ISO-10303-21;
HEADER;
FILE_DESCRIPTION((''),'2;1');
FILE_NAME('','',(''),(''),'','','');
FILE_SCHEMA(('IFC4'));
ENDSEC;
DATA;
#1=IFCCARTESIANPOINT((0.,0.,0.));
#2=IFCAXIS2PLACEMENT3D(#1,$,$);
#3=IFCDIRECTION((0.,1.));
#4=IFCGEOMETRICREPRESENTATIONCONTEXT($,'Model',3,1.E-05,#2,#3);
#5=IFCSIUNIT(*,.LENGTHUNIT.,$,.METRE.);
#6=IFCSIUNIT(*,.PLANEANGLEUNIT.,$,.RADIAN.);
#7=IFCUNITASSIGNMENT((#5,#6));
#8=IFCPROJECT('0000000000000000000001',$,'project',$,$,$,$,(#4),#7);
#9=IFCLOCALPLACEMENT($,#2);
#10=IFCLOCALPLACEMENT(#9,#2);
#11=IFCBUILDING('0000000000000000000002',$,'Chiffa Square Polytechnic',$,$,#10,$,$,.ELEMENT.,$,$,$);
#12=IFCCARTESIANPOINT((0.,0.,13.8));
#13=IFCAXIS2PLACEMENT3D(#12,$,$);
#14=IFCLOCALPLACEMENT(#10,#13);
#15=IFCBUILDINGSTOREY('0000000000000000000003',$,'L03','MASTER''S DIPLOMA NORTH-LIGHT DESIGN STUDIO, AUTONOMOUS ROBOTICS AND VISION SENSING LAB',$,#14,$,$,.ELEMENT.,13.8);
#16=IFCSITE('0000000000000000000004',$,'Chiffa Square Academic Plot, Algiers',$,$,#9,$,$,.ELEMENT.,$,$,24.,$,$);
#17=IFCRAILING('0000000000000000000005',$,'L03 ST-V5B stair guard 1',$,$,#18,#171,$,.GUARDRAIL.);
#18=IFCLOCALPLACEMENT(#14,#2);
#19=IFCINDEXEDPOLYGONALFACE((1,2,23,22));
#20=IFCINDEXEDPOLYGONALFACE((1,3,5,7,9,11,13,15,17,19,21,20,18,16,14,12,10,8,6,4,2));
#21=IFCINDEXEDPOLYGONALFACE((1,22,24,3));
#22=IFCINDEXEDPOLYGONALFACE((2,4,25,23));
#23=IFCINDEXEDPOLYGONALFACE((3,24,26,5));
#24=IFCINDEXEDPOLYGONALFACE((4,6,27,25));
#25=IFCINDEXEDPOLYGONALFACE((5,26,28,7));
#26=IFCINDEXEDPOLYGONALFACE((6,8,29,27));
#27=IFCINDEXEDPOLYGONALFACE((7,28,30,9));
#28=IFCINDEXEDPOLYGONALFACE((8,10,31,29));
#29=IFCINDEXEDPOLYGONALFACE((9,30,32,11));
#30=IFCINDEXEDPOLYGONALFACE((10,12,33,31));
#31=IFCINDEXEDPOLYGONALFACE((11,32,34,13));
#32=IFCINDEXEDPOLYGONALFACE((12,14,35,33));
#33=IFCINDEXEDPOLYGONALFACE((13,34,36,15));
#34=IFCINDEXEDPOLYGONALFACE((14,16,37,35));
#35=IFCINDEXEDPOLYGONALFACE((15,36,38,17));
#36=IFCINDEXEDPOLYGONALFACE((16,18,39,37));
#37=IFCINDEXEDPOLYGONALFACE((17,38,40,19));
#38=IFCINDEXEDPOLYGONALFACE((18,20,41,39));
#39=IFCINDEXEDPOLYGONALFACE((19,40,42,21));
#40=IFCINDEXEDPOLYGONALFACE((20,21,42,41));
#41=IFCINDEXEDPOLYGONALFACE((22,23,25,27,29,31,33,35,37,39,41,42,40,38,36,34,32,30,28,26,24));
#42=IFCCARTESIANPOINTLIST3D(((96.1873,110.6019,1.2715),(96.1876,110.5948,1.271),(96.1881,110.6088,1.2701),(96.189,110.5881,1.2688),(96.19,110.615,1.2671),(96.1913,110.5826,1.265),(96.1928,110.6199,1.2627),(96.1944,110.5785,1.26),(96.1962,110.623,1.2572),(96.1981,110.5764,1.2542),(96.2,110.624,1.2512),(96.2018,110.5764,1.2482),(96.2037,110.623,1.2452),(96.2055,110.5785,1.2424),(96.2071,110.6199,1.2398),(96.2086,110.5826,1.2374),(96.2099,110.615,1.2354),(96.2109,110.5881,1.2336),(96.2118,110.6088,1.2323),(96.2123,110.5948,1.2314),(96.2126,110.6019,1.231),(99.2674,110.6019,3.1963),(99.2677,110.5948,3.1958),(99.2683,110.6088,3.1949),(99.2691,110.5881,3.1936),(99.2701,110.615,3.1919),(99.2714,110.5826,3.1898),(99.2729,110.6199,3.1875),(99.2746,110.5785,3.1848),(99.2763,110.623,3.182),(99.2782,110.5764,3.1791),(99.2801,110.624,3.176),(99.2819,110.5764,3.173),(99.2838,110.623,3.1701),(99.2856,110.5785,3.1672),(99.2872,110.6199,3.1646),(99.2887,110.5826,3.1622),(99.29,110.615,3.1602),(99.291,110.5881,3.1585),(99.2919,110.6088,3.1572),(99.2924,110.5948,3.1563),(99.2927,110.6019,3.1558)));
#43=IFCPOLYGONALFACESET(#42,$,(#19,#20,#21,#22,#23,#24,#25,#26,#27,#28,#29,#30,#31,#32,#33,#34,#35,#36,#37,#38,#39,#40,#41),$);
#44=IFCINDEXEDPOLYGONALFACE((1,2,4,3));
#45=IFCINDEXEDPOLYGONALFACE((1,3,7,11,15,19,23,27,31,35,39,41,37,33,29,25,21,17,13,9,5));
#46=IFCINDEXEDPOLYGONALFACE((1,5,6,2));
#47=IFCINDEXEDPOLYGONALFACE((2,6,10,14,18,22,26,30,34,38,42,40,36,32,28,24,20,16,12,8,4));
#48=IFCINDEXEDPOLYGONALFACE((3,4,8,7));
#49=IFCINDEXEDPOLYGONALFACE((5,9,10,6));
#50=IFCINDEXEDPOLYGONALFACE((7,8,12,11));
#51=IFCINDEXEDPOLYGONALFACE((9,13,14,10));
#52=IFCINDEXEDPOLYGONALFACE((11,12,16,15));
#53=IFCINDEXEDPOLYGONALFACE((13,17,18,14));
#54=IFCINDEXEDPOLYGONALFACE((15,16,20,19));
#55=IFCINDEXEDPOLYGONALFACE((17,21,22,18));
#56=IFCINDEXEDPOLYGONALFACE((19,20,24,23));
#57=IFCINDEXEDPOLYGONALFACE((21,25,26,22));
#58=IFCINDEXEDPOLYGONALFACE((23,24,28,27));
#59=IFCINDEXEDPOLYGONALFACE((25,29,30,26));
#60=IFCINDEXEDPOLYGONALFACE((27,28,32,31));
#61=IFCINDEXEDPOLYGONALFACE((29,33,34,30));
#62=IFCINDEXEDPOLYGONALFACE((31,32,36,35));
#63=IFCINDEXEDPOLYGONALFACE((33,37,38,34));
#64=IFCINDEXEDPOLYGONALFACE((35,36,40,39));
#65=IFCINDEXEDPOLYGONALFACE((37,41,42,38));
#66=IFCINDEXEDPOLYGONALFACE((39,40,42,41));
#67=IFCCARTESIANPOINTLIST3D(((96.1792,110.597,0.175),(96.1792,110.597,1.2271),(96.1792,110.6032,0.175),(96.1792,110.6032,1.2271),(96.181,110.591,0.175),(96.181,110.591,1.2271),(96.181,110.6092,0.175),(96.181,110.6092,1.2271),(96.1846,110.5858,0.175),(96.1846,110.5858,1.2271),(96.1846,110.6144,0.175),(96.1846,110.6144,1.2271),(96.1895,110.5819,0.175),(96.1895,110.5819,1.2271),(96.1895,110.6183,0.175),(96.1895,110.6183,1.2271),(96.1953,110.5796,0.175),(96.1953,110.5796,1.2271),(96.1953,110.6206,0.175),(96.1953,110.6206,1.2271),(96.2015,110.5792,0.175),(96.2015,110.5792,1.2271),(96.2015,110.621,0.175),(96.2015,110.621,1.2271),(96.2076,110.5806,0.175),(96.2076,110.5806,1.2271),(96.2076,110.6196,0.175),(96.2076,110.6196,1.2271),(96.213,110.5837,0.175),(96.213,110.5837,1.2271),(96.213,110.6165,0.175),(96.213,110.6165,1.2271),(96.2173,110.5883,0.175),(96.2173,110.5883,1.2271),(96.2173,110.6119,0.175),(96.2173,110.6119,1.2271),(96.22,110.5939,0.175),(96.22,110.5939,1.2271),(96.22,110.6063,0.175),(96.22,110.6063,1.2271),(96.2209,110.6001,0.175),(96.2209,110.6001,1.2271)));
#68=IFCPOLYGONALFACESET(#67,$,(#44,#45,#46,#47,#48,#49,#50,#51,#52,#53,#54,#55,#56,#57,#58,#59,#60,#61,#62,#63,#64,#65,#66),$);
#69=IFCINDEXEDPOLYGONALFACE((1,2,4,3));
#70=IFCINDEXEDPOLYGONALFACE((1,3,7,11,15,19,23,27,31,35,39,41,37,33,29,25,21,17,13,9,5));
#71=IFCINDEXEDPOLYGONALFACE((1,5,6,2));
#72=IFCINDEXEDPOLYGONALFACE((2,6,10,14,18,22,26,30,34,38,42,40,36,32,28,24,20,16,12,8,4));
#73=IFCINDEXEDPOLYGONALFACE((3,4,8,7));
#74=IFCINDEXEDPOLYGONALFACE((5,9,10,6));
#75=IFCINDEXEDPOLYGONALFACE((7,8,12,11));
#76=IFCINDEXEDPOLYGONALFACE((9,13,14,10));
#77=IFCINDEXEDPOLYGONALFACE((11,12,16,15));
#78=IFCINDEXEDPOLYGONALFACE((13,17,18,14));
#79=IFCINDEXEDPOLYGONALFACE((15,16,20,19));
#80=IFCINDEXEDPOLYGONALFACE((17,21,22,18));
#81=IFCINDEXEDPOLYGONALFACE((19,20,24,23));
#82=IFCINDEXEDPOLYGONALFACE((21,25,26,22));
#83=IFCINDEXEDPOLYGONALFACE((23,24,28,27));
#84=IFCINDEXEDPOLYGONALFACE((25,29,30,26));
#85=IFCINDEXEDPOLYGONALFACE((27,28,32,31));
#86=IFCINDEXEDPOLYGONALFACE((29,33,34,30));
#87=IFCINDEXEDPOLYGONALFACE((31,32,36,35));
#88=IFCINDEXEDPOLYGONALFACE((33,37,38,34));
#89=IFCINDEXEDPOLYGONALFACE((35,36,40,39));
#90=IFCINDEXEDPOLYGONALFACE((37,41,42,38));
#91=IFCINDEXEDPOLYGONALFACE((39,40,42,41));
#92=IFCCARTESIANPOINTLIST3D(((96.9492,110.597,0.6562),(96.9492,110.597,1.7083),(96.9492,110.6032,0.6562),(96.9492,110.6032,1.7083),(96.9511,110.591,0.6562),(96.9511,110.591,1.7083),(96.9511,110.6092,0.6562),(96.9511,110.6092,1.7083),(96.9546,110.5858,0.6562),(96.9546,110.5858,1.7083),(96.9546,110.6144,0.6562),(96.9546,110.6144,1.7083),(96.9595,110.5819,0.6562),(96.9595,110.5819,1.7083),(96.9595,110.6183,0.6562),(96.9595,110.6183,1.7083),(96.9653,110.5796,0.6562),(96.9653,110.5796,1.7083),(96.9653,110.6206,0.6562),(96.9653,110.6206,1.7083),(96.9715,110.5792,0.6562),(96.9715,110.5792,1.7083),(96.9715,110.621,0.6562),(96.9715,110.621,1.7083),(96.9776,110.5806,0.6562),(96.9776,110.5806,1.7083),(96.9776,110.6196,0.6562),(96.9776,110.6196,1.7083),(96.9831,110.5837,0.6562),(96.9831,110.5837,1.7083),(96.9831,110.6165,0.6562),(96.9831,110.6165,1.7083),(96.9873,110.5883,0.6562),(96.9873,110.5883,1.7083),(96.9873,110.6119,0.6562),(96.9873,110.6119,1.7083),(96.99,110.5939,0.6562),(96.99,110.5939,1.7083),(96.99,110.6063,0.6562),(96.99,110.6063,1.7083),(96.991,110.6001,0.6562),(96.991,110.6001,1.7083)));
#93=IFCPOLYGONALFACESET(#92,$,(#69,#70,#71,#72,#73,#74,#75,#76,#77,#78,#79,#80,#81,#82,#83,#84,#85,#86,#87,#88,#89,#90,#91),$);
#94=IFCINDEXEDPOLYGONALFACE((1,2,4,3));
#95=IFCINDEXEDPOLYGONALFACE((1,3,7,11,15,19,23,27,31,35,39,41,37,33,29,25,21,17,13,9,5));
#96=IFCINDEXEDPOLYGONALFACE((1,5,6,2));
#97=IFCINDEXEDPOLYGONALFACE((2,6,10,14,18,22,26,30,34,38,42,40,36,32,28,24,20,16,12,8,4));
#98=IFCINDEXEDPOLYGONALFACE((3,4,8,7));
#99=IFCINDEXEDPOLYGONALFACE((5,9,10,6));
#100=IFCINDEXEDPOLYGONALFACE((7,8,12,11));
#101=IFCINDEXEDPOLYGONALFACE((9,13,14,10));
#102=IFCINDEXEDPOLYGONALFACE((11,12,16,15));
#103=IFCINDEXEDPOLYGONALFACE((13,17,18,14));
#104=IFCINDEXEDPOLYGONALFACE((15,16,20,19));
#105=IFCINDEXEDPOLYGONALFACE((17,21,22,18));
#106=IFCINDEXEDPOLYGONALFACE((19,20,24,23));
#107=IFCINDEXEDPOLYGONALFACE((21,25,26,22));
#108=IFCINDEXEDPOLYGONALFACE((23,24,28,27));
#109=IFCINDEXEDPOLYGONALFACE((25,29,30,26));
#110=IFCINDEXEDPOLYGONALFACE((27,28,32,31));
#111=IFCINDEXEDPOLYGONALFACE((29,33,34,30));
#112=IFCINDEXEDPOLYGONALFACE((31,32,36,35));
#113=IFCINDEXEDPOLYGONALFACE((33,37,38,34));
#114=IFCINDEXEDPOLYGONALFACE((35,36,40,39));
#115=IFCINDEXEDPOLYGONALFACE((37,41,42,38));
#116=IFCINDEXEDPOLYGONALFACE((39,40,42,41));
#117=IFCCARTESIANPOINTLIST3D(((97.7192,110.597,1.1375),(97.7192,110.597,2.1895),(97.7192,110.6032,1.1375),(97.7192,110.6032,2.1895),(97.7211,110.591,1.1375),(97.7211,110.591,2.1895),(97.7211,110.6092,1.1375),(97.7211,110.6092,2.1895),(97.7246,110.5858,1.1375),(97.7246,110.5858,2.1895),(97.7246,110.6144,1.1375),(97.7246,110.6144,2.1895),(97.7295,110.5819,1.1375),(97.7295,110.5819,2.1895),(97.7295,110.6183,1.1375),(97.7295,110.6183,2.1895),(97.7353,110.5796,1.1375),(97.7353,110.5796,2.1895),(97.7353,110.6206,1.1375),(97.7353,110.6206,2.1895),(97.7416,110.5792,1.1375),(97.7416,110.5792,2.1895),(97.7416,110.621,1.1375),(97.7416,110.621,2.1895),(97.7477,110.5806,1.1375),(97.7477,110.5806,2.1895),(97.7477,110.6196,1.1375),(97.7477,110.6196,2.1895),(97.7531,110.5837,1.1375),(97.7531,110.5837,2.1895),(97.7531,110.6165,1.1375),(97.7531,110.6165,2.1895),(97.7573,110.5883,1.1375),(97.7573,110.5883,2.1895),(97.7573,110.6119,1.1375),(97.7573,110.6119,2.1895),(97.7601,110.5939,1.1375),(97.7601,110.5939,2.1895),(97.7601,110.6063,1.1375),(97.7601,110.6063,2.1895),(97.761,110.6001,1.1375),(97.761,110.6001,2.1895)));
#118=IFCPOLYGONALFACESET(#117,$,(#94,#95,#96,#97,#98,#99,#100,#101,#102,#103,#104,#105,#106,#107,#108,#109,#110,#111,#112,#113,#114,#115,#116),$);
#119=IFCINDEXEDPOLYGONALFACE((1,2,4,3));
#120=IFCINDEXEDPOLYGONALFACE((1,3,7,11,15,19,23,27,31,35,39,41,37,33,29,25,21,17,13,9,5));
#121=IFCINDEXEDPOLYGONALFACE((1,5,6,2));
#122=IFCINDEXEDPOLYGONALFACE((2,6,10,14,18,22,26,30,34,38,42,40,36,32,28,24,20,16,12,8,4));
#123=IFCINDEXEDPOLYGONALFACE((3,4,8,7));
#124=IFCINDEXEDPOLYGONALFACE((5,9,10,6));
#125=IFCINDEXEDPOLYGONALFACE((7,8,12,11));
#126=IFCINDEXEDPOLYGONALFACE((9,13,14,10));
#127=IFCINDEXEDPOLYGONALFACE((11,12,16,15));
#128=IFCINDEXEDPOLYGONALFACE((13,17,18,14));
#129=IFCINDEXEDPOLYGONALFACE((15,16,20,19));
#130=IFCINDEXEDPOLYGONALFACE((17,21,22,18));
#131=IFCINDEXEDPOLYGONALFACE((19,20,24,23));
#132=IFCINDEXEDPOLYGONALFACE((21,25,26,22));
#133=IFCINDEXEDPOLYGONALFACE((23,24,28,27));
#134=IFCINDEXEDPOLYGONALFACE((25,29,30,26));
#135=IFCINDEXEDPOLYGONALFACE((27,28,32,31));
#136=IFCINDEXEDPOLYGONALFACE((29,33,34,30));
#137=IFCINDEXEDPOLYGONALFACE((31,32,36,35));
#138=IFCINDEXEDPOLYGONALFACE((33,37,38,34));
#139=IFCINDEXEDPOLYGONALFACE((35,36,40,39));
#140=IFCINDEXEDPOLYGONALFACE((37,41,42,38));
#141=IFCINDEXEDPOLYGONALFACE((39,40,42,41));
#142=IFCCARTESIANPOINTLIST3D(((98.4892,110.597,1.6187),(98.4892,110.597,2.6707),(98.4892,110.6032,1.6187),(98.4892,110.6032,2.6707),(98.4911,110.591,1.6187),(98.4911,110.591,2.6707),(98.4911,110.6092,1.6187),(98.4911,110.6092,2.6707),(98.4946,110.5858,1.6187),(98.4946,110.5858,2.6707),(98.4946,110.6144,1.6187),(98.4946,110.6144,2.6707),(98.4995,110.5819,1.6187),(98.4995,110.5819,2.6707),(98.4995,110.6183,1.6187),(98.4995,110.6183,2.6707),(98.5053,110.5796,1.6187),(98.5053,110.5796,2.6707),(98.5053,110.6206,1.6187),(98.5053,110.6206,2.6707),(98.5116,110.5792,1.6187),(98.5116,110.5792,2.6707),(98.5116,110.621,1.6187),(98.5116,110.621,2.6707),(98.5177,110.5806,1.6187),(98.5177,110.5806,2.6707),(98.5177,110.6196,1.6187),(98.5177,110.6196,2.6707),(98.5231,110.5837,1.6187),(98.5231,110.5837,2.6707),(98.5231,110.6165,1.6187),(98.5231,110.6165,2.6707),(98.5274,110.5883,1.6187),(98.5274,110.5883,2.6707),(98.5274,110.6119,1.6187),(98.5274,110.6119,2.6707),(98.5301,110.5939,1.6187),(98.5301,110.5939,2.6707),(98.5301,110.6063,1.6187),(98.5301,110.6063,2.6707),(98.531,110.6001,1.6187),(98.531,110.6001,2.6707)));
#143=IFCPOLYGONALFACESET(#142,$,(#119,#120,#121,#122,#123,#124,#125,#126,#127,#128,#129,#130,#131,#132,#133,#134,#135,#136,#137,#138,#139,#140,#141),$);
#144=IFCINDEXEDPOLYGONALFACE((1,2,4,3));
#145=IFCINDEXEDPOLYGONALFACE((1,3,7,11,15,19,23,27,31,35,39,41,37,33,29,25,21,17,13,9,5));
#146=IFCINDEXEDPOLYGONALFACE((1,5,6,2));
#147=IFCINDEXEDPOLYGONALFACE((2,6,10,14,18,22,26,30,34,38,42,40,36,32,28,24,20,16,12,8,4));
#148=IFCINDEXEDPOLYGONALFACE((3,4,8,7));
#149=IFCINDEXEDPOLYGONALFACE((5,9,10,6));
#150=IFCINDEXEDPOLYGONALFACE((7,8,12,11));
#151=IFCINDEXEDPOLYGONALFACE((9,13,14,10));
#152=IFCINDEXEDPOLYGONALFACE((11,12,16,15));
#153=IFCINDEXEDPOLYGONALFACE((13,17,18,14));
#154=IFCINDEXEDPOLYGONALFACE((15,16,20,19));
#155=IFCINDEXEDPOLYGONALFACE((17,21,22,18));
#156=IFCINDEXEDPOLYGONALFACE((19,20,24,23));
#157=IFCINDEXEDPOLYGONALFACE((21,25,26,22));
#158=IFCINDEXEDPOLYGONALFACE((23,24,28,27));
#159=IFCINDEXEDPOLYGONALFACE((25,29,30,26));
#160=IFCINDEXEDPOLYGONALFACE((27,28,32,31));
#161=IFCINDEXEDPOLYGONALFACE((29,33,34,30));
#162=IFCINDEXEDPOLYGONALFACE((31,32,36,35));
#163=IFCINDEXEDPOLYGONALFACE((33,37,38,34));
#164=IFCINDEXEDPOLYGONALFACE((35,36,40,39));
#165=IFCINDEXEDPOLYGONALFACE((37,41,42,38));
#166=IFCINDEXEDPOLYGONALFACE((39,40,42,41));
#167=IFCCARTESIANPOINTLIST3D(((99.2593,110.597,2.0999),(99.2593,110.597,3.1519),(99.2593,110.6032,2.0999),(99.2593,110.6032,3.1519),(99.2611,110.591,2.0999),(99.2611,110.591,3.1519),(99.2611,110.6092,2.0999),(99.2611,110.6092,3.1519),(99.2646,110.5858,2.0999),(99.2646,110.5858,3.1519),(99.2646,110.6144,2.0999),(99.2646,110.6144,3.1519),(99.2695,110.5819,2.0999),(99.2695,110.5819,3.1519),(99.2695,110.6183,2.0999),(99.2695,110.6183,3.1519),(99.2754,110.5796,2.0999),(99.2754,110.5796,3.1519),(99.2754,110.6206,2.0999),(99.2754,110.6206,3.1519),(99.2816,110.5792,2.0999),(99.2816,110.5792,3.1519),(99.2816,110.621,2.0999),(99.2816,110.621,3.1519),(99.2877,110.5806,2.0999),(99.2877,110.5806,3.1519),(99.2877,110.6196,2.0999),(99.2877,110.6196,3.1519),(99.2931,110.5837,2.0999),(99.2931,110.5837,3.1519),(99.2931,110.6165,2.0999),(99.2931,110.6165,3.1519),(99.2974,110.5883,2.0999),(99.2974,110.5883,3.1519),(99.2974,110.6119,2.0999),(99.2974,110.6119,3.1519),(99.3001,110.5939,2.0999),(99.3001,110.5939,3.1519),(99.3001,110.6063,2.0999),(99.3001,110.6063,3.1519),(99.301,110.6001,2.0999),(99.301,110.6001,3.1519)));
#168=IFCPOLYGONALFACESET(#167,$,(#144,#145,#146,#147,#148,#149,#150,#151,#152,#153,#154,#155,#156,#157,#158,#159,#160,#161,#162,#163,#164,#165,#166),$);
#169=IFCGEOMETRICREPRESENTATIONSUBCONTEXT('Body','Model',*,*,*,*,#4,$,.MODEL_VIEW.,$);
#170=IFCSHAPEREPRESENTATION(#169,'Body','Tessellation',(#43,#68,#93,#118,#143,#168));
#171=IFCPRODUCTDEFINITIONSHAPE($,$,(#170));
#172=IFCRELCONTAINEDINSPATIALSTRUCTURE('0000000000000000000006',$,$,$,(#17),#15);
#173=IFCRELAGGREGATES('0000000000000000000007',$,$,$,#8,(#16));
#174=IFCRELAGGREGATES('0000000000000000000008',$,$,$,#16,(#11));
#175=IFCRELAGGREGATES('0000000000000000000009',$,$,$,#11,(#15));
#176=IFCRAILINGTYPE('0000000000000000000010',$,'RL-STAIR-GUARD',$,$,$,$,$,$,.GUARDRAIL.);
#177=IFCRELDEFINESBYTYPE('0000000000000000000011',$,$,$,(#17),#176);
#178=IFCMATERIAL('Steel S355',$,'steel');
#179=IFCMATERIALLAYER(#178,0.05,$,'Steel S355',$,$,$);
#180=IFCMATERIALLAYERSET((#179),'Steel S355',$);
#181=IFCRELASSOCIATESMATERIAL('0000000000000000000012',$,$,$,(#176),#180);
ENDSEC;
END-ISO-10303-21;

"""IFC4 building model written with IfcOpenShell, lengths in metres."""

from ifc_helpers import new_model, si_unit, direction, frame, origin, origin_2d, place, context, subcontext, project, spatial, circle, extrude, material, layer, layer_set, type_object, element, save


model = new_model("IFC4")

# Units and contexts
model_context = context("Model", 3, precision=1e-05, world=origin(), true_north=direction((0.0, 1.0)))
body_context = subcontext(model_context, "Body", "Model", "MODEL_VIEW")
ifc_project = project(units=[si_unit("LENGTHUNIT", "METRE"), si_unit("PLANEANGLEUNIT", "RADIAN")], contexts=[model_context])

# Site, building, storey
site_placement = place(None, origin())
site = spatial("IfcSite", under=ifc_project, at=site_placement, Name="Chiffa Square Academic Plot, Algiers", CompositionType="ELEMENT", RefElevation=24.0)
building_placement = place(site_placement, origin())
building = spatial("IfcBuilding", under=site, at=building_placement, Name="Chiffa Square Polytechnic", CompositionType="ELEMENT")
storey_placement = place(building_placement, frame((0.0, 0.0, 13.8)))
storey = spatial("IfcBuildingStorey", under=building, at=storey_placement, Name="L03", Description="MASTER'S DIPLOMA NORTH-LIGHT DESIGN STUDIO, AUTONOMOUS ROBOTICS AND VISION SENSING LAB", CompositionType="ELEMENT", Elevation=13.8)

# Railing
ifc_material_1 = material(Name="Steel S355", Category="steel")
ifc_layer_1 = layer(ifc_material_1, 0.05, Name="Steel S355")
ifc_layer_set_1 = layer_set([ifc_layer_1], Name="Steel S355")
railing_type = type_object("IfcRailingType", Name="RL-STAIR-GUARD", PredefinedType="GUARDRAIL", material=ifc_layer_set_1)
railing_1_placement = place(storey_placement, frame((96.2, 110.6001, 0.175)))
element("IfcRailing", 1, at=railing_1_placement, inside=storey, type_object=railing_type, Name="L03 ST-V5B stair guard 1", PredefinedType="GUARDRAIL", context=body_context, shape_type="SweptSolid", body=[
    extrude(circle(Radius=0.0239, at=origin_2d()), frame((0.0, 0.0, 1.0762), z_axis=(0.848029, 0.0, 0.529951), x_axis=(0.0, 1.0, 0.0)), (0.0, 0.0, 1.0), 3.6321),
    extrude(circle(Radius=0.021, at=origin_2d()), origin(), (0.0, 0.0, 1.0), 1.052),
    extrude(circle(Radius=0.021, at=origin_2d()), frame((0.77, 0.0, 0.4812)), (0.0, 0.0, 1.0), 1.052),
    extrude(circle(Radius=0.021, at=origin_2d()), frame((1.54, 0.0, 0.9624)), (0.0, 0.0, 1.0), 1.052),
    extrude(circle(Radius=0.021, at=origin_2d()), frame((2.3101, 0.0, 1.4436)), (0.0, 0.0, 1.0), 1.052),
    extrude(circle(Radius=0.021, at=origin_2d()), frame((3.0801, 0.0, 1.9248)), (0.0, 0.0, 1.0), 1.052),
])

save(model, "model.ifc")
